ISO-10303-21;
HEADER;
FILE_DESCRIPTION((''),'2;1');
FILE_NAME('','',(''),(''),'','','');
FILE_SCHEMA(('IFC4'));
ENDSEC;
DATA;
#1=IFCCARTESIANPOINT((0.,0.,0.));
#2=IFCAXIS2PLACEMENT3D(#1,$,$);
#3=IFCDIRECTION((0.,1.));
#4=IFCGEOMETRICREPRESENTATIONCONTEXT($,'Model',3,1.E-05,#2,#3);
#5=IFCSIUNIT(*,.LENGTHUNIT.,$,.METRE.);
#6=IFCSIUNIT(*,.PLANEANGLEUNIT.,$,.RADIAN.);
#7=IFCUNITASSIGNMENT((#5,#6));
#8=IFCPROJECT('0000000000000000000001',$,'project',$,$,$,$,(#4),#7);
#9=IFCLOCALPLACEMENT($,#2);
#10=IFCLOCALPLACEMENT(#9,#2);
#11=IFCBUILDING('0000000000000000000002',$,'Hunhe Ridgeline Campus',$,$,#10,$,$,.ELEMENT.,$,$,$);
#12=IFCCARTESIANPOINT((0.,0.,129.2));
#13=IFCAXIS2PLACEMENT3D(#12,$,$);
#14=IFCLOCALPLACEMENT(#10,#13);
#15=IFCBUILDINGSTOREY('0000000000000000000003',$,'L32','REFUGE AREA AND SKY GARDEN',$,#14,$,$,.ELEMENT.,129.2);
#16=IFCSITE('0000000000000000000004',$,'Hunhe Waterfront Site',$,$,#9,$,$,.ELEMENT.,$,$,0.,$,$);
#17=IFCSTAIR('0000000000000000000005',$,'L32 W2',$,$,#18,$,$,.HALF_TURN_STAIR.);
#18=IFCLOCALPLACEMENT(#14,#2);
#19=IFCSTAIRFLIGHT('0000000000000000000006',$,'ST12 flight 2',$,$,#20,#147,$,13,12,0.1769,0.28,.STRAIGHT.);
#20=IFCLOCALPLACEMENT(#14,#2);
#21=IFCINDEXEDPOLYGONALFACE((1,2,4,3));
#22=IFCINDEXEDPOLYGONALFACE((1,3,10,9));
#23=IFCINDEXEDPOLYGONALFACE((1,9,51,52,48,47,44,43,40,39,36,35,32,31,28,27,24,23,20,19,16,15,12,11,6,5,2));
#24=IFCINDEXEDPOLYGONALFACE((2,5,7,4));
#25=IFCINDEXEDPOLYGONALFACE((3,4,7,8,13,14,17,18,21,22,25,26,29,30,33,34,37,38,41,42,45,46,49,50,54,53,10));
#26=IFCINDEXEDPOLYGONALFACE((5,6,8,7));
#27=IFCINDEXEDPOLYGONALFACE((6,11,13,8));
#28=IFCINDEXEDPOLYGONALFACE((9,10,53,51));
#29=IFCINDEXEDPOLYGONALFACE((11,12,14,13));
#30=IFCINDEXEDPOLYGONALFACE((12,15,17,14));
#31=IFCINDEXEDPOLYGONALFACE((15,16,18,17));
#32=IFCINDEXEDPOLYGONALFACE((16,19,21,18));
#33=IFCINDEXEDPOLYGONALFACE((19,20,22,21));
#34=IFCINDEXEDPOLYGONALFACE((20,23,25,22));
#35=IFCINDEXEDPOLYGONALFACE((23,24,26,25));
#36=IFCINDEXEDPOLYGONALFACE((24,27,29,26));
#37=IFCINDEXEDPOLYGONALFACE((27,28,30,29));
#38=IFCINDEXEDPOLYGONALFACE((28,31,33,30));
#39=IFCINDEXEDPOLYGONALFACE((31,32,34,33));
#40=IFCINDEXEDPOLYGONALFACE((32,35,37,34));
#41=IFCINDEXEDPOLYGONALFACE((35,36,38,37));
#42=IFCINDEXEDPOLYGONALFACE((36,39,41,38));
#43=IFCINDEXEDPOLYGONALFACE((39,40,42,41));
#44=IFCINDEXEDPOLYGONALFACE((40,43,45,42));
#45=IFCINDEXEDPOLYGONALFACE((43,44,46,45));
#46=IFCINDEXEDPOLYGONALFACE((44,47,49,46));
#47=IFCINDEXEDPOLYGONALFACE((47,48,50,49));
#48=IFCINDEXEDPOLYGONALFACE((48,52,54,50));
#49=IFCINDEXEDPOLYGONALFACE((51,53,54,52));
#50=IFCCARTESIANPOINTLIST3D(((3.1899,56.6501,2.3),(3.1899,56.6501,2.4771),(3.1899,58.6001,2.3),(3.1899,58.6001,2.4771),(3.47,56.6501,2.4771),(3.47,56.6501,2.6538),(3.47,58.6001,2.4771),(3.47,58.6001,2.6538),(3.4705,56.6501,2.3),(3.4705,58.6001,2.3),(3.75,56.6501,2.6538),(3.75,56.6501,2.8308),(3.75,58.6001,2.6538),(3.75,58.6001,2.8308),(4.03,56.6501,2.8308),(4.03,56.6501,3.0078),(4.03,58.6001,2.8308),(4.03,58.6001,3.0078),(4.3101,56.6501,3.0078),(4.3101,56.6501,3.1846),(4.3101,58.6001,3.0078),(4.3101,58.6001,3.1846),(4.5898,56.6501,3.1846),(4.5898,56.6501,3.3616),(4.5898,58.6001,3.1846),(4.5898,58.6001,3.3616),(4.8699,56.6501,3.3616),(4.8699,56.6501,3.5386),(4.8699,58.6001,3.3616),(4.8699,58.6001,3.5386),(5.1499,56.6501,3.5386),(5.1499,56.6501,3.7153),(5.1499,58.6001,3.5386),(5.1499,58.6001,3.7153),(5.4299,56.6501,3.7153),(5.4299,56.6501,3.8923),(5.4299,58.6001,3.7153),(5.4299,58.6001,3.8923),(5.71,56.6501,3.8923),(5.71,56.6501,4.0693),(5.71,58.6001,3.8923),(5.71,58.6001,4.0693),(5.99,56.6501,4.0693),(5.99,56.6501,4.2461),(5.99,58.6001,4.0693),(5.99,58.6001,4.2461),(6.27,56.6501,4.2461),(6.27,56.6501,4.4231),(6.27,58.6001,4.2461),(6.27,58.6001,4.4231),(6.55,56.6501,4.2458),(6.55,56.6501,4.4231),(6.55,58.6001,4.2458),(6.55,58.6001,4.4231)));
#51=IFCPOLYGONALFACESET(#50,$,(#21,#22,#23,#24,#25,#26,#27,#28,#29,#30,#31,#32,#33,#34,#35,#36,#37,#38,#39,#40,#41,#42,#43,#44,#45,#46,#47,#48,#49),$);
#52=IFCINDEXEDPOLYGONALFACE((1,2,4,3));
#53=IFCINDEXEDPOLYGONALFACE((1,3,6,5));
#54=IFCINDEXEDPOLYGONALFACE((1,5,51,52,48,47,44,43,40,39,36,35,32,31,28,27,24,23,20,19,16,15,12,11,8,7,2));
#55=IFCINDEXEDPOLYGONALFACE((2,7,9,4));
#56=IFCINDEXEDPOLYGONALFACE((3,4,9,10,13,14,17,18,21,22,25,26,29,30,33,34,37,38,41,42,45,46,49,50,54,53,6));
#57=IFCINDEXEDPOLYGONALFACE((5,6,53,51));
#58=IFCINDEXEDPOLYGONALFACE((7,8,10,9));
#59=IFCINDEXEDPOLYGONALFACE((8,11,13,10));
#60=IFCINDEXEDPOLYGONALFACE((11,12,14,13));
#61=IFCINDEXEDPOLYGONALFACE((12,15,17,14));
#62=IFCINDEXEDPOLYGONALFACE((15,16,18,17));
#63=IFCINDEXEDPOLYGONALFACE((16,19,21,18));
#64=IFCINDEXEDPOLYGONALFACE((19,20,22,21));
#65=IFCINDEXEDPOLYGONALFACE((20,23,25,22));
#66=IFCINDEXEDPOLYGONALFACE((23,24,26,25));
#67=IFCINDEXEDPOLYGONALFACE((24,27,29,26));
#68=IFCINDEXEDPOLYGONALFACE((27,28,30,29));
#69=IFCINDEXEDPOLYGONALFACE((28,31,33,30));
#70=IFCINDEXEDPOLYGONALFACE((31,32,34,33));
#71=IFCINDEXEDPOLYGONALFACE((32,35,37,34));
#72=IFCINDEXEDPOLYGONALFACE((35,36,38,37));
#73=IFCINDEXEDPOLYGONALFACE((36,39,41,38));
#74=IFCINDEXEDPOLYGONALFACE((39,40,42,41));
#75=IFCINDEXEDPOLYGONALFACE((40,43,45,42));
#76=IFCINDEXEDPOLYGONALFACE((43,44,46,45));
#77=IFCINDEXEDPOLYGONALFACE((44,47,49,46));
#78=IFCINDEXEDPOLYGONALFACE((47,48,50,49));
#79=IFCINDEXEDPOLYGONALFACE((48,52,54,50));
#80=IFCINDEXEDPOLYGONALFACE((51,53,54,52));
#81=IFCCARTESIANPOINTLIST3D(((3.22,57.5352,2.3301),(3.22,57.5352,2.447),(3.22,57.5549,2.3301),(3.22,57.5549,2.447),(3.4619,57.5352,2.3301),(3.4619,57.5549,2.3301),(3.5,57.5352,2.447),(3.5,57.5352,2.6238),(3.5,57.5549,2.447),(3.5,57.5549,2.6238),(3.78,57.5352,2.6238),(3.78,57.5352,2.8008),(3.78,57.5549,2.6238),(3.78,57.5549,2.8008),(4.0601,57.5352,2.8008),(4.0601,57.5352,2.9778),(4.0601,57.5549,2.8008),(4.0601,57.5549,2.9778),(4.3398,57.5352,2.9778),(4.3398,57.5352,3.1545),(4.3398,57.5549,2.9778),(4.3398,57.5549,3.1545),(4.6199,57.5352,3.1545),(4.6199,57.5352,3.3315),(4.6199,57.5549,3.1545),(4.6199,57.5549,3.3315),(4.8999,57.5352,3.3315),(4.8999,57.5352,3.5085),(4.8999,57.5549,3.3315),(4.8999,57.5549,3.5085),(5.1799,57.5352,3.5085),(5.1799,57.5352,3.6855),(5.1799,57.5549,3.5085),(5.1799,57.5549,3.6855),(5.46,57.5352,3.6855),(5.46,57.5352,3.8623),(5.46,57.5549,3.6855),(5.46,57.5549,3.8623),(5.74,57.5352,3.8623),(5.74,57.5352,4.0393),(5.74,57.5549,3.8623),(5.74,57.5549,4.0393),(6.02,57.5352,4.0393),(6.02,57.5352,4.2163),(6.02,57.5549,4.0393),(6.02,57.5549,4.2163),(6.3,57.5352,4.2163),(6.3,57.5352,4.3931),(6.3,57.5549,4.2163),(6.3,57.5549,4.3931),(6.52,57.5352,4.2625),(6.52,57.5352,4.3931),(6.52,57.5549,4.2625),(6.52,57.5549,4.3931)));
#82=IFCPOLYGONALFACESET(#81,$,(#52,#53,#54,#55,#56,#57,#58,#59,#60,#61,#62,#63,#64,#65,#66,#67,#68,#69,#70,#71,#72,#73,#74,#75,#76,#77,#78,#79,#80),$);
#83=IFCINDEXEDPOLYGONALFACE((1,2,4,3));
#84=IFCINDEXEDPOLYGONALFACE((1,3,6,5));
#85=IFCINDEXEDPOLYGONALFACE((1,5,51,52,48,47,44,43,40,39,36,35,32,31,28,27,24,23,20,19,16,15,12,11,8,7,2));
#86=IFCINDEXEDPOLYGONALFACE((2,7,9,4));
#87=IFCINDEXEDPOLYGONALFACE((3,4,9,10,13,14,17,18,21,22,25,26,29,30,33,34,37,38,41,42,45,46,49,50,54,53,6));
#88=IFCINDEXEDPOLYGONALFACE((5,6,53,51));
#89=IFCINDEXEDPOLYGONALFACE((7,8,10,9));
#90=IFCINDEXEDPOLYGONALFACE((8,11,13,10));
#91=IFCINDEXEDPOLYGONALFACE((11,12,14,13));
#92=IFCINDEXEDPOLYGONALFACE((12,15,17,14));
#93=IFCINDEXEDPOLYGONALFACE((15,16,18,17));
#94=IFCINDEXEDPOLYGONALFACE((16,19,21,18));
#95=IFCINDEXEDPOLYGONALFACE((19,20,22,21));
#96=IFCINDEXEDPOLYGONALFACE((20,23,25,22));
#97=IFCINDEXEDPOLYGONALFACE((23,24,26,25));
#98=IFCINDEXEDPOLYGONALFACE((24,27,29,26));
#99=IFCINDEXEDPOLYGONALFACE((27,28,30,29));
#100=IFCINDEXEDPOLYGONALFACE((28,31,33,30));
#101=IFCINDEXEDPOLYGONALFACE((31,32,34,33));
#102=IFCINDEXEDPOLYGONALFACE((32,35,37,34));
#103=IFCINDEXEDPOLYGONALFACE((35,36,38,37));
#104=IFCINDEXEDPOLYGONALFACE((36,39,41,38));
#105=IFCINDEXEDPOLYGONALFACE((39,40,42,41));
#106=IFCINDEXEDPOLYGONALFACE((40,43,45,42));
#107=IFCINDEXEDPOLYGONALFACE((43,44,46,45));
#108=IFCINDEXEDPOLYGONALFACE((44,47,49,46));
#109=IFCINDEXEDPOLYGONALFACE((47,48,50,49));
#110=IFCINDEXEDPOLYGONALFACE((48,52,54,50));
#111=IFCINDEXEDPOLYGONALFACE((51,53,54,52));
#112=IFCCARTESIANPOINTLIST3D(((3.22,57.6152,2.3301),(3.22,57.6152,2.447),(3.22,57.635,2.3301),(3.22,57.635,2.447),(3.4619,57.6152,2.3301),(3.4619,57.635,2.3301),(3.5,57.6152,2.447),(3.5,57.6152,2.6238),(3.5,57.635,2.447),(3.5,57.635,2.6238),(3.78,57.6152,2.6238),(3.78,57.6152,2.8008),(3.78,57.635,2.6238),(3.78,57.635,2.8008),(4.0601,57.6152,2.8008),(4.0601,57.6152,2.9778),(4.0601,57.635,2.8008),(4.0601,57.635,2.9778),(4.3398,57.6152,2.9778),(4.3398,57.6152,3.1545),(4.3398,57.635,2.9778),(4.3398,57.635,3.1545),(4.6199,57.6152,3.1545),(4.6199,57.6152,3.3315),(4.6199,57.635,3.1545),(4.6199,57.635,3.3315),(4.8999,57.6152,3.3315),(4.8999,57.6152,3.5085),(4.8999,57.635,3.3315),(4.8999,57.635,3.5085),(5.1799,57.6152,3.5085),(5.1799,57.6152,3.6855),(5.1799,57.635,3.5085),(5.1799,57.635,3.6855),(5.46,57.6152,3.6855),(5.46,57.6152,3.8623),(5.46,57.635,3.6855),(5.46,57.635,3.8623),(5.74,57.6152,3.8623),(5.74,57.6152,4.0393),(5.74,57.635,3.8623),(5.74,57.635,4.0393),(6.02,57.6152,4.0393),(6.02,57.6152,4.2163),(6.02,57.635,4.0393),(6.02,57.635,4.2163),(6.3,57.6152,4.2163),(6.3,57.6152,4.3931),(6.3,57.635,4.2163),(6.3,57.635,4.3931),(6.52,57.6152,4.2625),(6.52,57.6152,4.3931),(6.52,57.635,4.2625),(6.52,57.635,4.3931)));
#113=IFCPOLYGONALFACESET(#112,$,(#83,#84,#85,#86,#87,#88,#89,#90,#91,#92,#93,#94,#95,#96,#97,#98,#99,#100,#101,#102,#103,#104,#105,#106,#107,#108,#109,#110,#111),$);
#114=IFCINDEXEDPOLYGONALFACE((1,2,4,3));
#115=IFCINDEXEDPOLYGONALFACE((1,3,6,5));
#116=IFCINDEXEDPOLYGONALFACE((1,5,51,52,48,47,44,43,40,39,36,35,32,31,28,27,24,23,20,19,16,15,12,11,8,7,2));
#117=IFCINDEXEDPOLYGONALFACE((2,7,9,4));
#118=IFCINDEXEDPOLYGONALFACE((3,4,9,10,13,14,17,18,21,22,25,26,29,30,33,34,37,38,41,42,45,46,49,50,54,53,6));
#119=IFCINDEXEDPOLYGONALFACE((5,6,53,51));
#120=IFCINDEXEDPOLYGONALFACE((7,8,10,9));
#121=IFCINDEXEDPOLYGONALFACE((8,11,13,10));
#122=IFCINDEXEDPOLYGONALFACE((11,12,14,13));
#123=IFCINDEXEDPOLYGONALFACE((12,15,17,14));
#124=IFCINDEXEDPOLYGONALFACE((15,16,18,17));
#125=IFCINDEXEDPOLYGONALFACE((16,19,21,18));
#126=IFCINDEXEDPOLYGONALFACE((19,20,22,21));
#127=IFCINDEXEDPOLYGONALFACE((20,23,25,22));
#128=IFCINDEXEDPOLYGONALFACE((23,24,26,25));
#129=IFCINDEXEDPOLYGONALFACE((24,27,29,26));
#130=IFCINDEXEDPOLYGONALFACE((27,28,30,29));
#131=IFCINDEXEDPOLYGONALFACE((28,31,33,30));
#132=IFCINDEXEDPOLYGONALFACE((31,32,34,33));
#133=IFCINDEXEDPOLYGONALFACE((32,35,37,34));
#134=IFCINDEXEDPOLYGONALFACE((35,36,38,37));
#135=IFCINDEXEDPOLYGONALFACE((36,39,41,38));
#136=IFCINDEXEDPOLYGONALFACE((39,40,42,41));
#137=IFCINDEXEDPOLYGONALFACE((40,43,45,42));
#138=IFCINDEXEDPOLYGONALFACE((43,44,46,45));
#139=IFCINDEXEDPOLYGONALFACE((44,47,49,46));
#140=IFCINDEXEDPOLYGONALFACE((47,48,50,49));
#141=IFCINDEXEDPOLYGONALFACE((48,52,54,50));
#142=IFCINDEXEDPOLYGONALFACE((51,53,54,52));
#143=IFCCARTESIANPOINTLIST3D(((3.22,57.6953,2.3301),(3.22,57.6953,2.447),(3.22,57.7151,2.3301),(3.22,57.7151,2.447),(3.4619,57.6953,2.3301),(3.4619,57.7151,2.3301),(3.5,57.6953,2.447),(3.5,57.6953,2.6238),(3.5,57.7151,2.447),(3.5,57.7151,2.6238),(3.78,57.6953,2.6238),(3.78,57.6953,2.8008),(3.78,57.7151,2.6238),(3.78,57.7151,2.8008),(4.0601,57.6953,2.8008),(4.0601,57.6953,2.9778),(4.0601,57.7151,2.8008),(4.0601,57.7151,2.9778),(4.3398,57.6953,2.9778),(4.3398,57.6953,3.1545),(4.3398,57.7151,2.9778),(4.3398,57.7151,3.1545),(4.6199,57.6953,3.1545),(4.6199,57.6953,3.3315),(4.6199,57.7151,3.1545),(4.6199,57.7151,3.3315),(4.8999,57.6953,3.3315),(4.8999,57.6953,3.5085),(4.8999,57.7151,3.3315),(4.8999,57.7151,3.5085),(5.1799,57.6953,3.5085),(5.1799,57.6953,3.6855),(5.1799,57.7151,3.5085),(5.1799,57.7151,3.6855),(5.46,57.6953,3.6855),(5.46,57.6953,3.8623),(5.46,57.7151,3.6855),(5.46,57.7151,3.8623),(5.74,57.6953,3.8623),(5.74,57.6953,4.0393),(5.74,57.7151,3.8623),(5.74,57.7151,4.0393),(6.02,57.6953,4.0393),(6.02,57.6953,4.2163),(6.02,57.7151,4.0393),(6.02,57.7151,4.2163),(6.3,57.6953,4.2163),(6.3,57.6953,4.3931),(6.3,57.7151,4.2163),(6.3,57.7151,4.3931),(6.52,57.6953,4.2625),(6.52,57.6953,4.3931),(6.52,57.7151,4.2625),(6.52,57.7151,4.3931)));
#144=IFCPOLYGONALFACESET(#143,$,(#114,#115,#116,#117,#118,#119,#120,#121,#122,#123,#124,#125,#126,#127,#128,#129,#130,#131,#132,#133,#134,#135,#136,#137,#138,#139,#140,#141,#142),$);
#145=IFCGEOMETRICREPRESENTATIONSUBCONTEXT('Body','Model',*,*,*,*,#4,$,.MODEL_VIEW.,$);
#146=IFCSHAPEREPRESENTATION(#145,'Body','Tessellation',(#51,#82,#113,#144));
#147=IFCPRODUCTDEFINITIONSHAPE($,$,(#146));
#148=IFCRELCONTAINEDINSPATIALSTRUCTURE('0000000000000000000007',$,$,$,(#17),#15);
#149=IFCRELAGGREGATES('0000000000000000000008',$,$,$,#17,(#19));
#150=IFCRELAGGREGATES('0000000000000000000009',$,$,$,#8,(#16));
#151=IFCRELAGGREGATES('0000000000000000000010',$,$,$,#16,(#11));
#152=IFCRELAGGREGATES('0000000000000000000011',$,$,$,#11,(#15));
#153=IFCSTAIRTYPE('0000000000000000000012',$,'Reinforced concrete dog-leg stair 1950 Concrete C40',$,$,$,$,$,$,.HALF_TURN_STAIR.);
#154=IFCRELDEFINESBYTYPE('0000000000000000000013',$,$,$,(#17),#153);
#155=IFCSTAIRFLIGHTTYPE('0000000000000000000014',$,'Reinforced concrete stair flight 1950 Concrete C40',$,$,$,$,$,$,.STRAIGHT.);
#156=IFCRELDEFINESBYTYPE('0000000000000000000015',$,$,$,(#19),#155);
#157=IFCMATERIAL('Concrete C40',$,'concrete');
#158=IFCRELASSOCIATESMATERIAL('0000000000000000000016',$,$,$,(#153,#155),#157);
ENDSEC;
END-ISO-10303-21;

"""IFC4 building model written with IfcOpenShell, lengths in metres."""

from ifc_helpers import new_model, si_unit, direction, frame, origin, place, context, subcontext, project, spatial, polyline, outline, extrude, material, type_object, element, aggregate, save


model = new_model("IFC4")

# Units and contexts
model_context = context("Model", 3, precision=1e-05, world=origin(), true_north=direction((0.0, 1.0)))
body_context = subcontext(model_context, "Body", "Model", "MODEL_VIEW")
ifc_project = project(units=[si_unit("LENGTHUNIT", "METRE"), si_unit("PLANEANGLEUNIT", "RADIAN")], contexts=[model_context])

# Site, building, storey
site_placement = place(None, origin())
site = spatial("IfcSite", under=ifc_project, at=site_placement, Name="Hunhe Waterfront Site", CompositionType="ELEMENT", RefElevation=0.0)
building_placement = place(site_placement, origin())
building = spatial("IfcBuilding", under=site, at=building_placement, Name="Hunhe Ridgeline Campus", CompositionType="ELEMENT")
storey_placement = place(building_placement, frame((0.0, 0.0, 129.2)))
storey = spatial("IfcBuildingStorey", under=building, at=storey_placement, Name="L32", Description="REFUGE AREA AND SKY GARDEN", CompositionType="ELEMENT", Elevation=129.2)

# Shared definitions
ifc_material_1 = material(Name="Concrete C40", Category="concrete")
stair_type = type_object("IfcStairType", Name="Reinforced concrete dog-leg stair 1950 Concrete C40", PredefinedType="HALF_TURN_STAIR", material=ifc_material_1)
stair_flight_type = type_object("IfcStairFlightType", Name="Reinforced concrete stair flight 1950 Concrete C40", PredefinedType="STRAIGHT", material=ifc_material_1)

# Stair, stair flight
stair_1_placement = place(storey_placement, origin())
stair_1 = element("IfcStair", 1, at=stair_1_placement, inside=storey, type_object=stair_type, Name="L32 W2", PredefinedType="HALF_TURN_STAIR")
stair_flight_1_placement = place(storey_placement, frame((3.1899, 57.625, 2.3), z_axis=(0.0, 0.0, 1.0), x_axis=(1.0, 0.0, 0.0)))
stair_flight_1 = element("IfcStairFlight", 2, at=stair_flight_1_placement, type_object=stair_flight_type, Name="ST12 flight 2", NumberOfRisers=13, NumberOfTreads=12, PredefinedType="STRAIGHT", RiserHeight=0.1769, TreadLength=0.28, context=body_context, shape_type="SweptSolid", body=[
    extrude(outline(polyline([(0.0, 0.0), (0.0, 0.177), (0.28, 0.177), (0.28, 0.3538), (0.5601, 0.3538), (0.5601, 0.5308), (0.8401, 0.5308), (0.8401, 0.7078), (1.1201, 0.7078), (1.1201, 0.8845), (1.3999, 0.8845), (1.3999, 1.0615), (1.6799, 1.0615), (1.6799, 1.2385), (1.96, 1.2385), (1.96, 1.4153), (2.24, 1.4153), (2.24, 1.5923), (2.52, 1.5923), (2.52, 1.7693), (2.8, 1.7693), (2.8, 1.946), (3.0801, 1.946), (3.0801, 2.123), (3.3601, 2.123), (3.3601, 2.3), (3.3601, 1.9458), (0.2805, 0.0), (0.0, 0.0)])), frame((0.0, 0.9751, 0.0), z_axis=(0.0, -1.0, 0.0), x_axis=(1.0, 0.0, 0.0)), (0.0, 0.0, 1.0), 1.95),
    extrude(outline(polyline([(0.03, 0.03), (0.03, 0.147), (0.3101, 0.147), (0.3101, 0.3237), (0.5901, 0.3237), (0.5901, 0.5007), (0.8701, 0.5007), (0.8701, 0.6777), (1.1499, 0.6777), (1.1499, 0.8545), (1.4299, 0.8545), (1.4299, 1.0315), (1.71, 1.0315), (1.71, 1.2085), (1.99, 1.2085), (1.99, 1.3855), (2.27, 1.3855), (2.27, 1.5623), (2.55, 1.5623), (2.55, 1.7393), (2.8301, 1.7393), (2.8301, 1.9163), (3.1101, 1.9163), (3.1101, 2.093), (3.3301, 2.093), (3.3301, 1.9624), (0.272, 0.03), (0.03, 0.03)])), frame((0.0, -0.0701, 0.0), z_axis=(0.0, -1.0, 0.0), x_axis=(1.0, 0.0, 0.0)), (0.0, 0.0, 1.0), 0.0198),
    extrude(outline(polyline([(0.03, 0.03), (0.03, 0.147), (0.3101, 0.147), (0.3101, 0.3237), (0.5901, 0.3237), (0.5901, 0.5007), (0.8701, 0.5007), (0.8701, 0.6777), (1.1499, 0.6777), (1.1499, 0.8545), (1.4299, 0.8545), (1.4299, 1.0315), (1.71, 1.0315), (1.71, 1.2085), (1.99, 1.2085), (1.99, 1.3855), (2.27, 1.3855), (2.27, 1.5623), (2.55, 1.5623), (2.55, 1.7393), (2.8301, 1.7393), (2.8301, 1.9163), (3.1101, 1.9163), (3.1101, 2.093), (3.3301, 2.093), (3.3301, 1.9624), (0.272, 0.03), (0.03, 0.03)])), frame((0.0, 0.01, 0.0), z_axis=(0.0, -1.0, 0.0), x_axis=(1.0, 0.0, 0.0)), (0.0, 0.0, 1.0), 0.0198),
    extrude(outline(polyline([(0.03, 0.03), (0.03, 0.147), (0.3101, 0.147), (0.3101, 0.3237), (0.5901, 0.3237), (0.5901, 0.5007), (0.8701, 0.5007), (0.8701, 0.6777), (1.1499, 0.6777), (1.1499, 0.8545), (1.4299, 0.8545), (1.4299, 1.0315), (1.71, 1.0315), (1.71, 1.2085), (1.99, 1.2085), (1.99, 1.3855), (2.27, 1.3855), (2.27, 1.5623), (2.55, 1.5623), (2.55, 1.7393), (2.8301, 1.7393), (2.8301, 1.9163), (3.1101, 1.9163), (3.1101, 2.093), (3.3301, 2.093), (3.3301, 1.9624), (0.272, 0.03), (0.03, 0.03)])), frame((0.0, 0.0901, 0.0), z_axis=(0.0, -1.0, 0.0), x_axis=(1.0, 0.0, 0.0)), (0.0, 0.0, 1.0), 0.0198),
])
aggregate(stair_1, [stair_flight_1])

save(model, "model.ifc")
